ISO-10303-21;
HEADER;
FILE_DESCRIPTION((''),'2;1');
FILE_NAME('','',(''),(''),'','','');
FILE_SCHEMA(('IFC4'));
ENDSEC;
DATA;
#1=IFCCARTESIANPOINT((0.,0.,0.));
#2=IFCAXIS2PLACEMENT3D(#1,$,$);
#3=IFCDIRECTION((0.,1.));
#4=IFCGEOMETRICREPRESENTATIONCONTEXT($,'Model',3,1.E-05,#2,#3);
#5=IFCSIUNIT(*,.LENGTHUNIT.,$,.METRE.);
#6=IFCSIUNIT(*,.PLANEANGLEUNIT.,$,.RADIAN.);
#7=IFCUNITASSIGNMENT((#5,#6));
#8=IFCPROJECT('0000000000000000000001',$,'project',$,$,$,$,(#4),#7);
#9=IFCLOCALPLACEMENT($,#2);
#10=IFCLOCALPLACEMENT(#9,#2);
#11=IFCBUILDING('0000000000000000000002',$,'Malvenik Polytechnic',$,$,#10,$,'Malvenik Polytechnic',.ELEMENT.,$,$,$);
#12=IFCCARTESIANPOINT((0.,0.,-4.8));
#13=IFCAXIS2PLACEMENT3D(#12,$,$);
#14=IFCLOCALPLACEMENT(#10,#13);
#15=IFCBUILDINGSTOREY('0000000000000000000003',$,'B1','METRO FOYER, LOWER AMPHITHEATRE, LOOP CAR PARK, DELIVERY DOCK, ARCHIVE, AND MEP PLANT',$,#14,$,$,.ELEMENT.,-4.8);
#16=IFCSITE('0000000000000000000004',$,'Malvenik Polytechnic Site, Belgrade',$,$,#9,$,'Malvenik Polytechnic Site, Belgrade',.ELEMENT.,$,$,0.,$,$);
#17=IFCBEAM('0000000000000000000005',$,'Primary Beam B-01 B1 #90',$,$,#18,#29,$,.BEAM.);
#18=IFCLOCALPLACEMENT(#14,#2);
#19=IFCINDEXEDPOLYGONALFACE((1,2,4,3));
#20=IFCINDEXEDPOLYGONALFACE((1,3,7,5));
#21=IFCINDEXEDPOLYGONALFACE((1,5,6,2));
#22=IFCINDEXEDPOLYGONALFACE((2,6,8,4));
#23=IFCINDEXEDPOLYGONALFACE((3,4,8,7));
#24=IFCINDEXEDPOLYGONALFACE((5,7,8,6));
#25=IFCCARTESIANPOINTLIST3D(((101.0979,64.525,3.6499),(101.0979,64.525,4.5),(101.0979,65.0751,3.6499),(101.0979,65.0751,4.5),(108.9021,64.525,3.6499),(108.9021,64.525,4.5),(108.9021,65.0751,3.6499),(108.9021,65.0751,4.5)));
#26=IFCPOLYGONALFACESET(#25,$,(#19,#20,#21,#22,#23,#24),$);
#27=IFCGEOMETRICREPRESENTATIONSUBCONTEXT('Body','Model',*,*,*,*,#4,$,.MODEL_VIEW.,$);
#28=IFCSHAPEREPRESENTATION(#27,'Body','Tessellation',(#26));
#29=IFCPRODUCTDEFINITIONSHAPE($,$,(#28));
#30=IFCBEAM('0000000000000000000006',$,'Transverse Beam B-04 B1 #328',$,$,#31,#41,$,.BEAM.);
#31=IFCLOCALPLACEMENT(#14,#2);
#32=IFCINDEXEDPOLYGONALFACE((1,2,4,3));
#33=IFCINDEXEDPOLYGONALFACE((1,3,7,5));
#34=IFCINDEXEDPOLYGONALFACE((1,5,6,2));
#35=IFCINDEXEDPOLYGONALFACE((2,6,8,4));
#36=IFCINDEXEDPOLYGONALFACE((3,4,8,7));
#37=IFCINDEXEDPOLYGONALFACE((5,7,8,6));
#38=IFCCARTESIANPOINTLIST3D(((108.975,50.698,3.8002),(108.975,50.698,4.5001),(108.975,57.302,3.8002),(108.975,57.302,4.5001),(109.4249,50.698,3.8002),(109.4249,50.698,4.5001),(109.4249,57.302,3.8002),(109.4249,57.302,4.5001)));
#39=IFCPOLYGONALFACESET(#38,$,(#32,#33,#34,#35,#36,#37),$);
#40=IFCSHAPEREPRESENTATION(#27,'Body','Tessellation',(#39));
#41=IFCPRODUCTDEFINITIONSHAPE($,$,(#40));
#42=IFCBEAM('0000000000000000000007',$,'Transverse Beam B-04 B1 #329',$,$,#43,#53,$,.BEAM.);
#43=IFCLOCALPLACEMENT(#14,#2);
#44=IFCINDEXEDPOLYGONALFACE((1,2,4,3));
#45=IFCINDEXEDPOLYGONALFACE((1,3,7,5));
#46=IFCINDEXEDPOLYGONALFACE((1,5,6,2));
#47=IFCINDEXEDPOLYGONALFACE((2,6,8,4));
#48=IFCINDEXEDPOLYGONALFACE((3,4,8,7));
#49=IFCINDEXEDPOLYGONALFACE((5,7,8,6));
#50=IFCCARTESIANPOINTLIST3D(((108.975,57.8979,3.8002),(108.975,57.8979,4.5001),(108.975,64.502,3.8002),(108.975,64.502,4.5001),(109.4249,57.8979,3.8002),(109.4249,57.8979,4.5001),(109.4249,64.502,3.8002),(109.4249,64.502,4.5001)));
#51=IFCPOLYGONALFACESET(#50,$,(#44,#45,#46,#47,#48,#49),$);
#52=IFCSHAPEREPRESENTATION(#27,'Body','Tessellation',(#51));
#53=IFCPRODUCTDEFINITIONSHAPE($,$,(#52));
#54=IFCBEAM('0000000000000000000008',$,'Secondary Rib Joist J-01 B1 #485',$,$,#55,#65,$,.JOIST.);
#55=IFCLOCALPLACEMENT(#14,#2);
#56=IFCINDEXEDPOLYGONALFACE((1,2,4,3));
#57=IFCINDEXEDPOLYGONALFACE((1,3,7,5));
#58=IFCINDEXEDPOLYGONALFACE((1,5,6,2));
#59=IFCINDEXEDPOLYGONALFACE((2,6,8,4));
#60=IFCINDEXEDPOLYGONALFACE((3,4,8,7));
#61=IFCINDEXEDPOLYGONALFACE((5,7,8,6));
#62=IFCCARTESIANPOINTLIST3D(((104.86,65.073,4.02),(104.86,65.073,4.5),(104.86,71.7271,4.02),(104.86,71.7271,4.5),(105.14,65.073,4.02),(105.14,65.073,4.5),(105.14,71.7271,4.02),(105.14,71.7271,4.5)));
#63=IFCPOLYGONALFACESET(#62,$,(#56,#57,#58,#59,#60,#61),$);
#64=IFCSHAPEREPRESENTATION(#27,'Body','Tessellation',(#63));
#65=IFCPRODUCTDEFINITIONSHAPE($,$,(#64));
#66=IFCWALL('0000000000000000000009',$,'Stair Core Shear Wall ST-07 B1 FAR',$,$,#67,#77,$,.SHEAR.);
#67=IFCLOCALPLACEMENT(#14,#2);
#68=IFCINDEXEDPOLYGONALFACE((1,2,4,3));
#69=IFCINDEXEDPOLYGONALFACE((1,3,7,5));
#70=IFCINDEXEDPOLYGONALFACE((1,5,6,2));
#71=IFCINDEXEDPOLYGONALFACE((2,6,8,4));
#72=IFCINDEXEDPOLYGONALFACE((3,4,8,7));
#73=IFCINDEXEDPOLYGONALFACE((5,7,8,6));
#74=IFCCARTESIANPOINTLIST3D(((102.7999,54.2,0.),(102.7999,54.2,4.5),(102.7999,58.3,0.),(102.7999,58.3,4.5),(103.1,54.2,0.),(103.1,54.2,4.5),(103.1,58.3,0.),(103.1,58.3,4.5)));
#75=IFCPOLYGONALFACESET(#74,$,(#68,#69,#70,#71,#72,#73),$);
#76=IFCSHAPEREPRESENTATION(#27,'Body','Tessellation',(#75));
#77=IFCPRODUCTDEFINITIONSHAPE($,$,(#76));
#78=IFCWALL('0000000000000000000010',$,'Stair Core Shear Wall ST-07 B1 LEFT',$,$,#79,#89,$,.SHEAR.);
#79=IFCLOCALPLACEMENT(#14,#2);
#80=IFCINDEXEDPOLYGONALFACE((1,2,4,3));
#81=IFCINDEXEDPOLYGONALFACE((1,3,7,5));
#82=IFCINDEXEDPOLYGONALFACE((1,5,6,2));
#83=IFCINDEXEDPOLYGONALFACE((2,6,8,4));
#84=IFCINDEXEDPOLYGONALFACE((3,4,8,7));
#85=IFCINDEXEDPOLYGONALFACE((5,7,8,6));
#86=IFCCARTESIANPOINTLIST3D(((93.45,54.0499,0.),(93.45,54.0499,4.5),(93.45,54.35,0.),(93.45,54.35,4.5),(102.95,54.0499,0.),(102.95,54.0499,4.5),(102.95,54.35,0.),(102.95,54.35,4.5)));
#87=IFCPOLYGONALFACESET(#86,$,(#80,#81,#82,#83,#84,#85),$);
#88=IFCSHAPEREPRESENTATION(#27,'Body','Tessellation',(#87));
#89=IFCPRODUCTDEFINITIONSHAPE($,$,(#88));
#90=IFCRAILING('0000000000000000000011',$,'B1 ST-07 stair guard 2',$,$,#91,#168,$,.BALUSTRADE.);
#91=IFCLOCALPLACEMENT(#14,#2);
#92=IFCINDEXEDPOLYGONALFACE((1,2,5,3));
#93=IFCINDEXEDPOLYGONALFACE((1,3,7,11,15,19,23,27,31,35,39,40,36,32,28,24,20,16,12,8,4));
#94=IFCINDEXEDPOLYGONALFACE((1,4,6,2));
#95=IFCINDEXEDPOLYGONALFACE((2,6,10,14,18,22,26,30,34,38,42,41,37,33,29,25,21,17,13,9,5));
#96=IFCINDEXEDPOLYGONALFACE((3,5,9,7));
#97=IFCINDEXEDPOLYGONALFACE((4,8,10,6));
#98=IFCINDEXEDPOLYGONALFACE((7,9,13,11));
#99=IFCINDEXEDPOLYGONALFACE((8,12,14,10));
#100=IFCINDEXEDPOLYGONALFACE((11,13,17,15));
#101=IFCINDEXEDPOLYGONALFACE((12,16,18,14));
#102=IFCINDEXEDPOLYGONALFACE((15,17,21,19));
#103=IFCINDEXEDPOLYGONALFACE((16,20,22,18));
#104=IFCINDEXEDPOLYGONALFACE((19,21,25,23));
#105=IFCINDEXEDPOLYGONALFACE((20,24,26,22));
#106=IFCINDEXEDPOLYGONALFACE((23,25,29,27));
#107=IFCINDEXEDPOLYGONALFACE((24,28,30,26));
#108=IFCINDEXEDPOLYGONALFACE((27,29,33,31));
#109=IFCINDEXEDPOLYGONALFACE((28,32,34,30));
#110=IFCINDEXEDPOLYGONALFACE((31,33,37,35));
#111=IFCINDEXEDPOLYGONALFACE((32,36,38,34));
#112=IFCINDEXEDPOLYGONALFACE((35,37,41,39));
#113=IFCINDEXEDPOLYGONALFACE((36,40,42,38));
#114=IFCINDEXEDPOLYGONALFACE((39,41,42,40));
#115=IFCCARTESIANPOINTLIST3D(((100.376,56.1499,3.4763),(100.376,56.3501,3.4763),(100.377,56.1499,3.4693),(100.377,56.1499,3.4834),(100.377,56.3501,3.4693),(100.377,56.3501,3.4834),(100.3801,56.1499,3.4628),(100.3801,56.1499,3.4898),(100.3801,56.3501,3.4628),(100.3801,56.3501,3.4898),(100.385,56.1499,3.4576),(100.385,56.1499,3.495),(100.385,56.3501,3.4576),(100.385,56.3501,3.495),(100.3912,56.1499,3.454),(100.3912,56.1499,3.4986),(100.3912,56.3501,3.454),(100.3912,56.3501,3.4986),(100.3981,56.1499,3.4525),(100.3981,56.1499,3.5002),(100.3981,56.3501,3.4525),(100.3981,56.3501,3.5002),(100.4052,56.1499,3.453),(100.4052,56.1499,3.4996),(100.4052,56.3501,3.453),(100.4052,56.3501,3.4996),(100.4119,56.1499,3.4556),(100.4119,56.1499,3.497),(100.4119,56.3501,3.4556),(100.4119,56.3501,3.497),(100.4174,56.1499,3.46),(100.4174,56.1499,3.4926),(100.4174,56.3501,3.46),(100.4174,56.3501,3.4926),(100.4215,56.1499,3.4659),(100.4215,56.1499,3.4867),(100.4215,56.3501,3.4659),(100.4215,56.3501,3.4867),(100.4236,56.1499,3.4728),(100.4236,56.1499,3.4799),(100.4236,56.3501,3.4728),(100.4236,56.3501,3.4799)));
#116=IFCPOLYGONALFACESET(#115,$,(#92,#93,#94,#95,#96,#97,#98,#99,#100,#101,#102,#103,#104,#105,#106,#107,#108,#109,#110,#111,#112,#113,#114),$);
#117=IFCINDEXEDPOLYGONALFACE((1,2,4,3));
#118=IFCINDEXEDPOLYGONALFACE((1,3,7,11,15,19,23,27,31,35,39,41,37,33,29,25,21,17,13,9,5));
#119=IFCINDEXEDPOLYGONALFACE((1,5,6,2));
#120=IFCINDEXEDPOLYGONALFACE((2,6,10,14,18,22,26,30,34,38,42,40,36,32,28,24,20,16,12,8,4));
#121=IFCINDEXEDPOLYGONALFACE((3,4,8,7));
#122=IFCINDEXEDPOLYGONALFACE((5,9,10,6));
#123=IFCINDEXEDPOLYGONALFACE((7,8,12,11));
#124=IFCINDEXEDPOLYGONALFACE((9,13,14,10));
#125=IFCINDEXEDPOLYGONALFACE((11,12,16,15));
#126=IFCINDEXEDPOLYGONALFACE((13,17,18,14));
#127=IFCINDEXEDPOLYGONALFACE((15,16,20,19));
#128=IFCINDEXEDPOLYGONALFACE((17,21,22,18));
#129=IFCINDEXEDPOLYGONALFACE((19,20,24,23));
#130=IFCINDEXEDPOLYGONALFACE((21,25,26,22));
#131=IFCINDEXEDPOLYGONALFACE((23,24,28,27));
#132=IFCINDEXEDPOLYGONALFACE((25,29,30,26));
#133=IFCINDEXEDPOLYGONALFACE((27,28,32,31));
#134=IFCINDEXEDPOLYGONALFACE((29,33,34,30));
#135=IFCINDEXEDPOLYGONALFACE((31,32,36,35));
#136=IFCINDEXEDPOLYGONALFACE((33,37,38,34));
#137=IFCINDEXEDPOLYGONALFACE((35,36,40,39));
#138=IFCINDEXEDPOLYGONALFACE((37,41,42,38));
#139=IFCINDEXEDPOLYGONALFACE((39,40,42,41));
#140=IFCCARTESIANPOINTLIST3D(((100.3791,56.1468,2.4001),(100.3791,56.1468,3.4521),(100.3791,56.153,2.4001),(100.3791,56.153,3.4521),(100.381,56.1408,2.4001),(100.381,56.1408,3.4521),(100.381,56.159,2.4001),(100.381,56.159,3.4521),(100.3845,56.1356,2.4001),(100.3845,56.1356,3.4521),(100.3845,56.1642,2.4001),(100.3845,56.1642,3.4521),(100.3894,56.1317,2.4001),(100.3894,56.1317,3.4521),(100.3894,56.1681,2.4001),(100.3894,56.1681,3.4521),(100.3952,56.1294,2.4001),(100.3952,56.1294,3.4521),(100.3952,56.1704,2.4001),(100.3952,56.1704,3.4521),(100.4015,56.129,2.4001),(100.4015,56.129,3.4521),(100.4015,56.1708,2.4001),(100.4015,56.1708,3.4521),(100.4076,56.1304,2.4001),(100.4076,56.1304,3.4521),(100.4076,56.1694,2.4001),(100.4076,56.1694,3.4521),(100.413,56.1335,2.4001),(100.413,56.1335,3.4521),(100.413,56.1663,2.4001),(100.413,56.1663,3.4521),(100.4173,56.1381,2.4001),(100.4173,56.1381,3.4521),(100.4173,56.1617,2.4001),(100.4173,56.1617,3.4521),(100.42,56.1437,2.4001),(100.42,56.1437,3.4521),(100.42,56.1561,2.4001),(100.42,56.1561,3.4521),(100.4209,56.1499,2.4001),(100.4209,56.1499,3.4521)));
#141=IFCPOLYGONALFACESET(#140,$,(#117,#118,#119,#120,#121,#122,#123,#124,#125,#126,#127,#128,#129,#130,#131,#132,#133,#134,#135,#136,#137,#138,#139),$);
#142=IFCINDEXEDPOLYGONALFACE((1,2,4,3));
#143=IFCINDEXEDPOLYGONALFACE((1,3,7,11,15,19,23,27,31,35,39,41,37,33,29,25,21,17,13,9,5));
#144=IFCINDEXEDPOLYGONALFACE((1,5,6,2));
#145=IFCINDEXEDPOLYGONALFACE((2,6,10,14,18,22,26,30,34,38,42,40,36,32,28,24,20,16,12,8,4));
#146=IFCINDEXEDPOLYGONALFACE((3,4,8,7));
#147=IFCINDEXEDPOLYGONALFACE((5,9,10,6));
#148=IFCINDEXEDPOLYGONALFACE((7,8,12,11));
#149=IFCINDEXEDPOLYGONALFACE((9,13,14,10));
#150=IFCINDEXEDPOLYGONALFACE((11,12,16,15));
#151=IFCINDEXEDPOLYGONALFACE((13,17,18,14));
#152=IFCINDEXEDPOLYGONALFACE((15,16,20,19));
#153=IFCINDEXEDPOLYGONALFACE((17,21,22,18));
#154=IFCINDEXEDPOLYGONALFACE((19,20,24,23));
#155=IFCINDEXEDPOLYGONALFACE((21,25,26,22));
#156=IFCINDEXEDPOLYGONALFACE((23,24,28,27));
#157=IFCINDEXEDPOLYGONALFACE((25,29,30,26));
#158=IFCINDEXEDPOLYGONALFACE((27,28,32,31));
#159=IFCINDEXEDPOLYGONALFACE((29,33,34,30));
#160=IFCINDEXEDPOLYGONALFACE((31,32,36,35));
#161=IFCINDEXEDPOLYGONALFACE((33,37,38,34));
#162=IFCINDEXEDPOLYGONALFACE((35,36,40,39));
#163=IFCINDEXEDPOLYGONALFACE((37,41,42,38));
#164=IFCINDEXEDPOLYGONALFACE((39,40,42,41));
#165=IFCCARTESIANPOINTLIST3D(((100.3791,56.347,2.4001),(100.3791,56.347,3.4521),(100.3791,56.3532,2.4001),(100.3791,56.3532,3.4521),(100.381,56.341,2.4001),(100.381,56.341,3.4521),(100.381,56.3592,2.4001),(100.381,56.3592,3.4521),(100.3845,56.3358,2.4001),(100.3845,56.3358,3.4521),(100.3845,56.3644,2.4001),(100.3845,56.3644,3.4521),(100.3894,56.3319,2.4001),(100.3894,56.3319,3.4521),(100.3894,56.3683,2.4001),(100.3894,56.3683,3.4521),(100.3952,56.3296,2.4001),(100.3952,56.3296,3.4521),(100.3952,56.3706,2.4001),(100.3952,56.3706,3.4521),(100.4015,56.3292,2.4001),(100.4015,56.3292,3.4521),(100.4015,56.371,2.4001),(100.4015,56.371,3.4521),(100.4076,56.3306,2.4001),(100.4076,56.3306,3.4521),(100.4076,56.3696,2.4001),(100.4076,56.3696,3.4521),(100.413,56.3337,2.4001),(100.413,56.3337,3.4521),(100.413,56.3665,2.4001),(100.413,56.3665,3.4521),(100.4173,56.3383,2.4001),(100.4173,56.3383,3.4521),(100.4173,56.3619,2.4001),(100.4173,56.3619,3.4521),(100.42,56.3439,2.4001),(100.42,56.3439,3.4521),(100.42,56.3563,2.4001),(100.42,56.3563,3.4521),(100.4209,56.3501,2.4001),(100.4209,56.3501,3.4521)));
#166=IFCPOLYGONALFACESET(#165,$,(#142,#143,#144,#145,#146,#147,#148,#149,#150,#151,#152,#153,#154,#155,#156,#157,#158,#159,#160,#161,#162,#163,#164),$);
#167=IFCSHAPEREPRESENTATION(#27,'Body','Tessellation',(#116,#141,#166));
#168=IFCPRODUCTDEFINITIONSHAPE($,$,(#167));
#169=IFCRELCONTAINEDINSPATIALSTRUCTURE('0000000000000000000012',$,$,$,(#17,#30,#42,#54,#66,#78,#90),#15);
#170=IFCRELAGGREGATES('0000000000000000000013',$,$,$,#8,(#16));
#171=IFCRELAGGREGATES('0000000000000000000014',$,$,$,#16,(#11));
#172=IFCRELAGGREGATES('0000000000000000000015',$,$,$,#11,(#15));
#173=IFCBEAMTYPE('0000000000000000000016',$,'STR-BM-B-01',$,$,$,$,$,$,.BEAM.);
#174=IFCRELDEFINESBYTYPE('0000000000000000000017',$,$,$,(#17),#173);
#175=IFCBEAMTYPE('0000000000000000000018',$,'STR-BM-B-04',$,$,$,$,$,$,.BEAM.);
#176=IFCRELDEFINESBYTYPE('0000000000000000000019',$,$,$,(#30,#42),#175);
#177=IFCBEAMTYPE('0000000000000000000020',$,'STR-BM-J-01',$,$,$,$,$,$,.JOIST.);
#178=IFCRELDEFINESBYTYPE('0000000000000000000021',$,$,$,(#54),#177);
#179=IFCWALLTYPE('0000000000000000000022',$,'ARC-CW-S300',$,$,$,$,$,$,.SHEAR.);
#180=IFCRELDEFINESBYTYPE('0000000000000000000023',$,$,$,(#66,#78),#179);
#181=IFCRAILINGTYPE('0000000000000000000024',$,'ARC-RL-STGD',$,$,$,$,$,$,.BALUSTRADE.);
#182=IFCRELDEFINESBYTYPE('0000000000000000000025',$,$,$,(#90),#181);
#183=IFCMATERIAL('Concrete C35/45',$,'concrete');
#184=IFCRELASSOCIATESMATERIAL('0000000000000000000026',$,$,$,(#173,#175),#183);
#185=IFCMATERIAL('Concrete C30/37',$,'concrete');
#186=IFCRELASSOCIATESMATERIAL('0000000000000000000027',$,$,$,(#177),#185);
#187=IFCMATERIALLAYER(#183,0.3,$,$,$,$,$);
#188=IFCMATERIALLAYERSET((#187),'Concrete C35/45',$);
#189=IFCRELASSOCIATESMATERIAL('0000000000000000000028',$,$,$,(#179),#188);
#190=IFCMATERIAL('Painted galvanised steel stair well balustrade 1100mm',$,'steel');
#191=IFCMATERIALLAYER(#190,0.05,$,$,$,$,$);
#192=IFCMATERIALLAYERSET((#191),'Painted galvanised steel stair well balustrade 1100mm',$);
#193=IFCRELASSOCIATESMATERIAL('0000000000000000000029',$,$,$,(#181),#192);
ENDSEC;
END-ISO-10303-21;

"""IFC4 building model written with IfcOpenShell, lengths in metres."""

from ifc_helpers import new_model, si_unit, direction, frame, frame_2d, origin, origin_2d, place, context, subcontext, project, spatial, rectangle, circle, extrude, material, layer, layer_set, material_profile, profile_set, type_object, element, save


model = new_model("IFC4")

# Units and contexts
model_context = context("Model", 3, precision=1e-05, world=origin(), true_north=direction((0.0, 1.0)))
body_context = subcontext(model_context, "Body", "Model", "MODEL_VIEW")
ifc_project = project(units=[si_unit("LENGTHUNIT", "METRE"), si_unit("PLANEANGLEUNIT", "RADIAN")], contexts=[model_context])

# Site, building, storey
site_placement = place(None, origin())
site = spatial("IfcSite", under=ifc_project, at=site_placement, Name="Malvenik Polytechnic Site, Belgrade", LongName="Malvenik Polytechnic Site, Belgrade", CompositionType="ELEMENT", RefElevation=0.0)
building_placement = place(site_placement, origin())
building = spatial("IfcBuilding", under=site, at=building_placement, Name="Malvenik Polytechnic", LongName="Malvenik Polytechnic", CompositionType="ELEMENT")
storey_placement = place(building_placement, frame((0.0, 0.0, -4.8)))
storey = spatial("IfcBuildingStorey", under=building, at=storey_placement, Name="B1", Description="METRO FOYER, LOWER AMPHITHEATRE, LOOP CAR PARK, DELIVERY DOCK, ARCHIVE, AND MEP PLANT", CompositionType="ELEMENT", Elevation=-4.8)

# Shared definitions
ifc_material_1 = material(Name="Concrete C35/45", Category="concrete")

# Beams
ifc_material_profile_1 = material_profile(ifc_material_1, rectangle(XDim=0.55, YDim=0.8501, at=origin_2d()), Name="RC BM 550x850")
ifc_profile_set_1 = profile_set([ifc_material_profile_1], Name="Concrete C35/45")
beam_type_1 = type_object("IfcBeamType", Name="STR-BM-B-01", PredefinedType="BEAM", material=ifc_profile_set_1)
beam_1_placement = place(storey_placement, frame((101.0979, 64.8, 4.075), z_axis=(1.0, 0.0, 0.0), x_axis=(0.0, 1.0, 0.0)))
element("IfcBeam", 1, at=beam_1_placement, inside=storey, type_object=beam_type_1, Name="Primary Beam B-01 B1 #90", PredefinedType="BEAM", context=body_context, shape_type="SweptSolid", body=[
    extrude(rectangle(XDim=0.55, YDim=0.8501, at=origin_2d()), origin(), (0.0, 0.0, 1.0), 7.8042),
])
ifc_material_profile_2 = material_profile(ifc_material_1, rectangle(XDim=0.45, YDim=0.7, at=origin_2d()), Name="RC BM 450x700")
ifc_profile_set_2 = profile_set([ifc_material_profile_2], Name="Concrete C35/45")
beam_type_2 = type_object("IfcBeamType", Name="STR-BM-B-04", PredefinedType="BEAM", material=ifc_profile_set_2)
for number, where, z_axis, x_axis, name in (
    (2, (109.2, 50.698, 4.1501), (0.0, 1.0, 0.0), (-1.0, 0.0, 0.0), "Transverse Beam B-04 B1 #328"),
    (3, (109.2, 57.8979, 4.1501), (0.0, 1.0, 0.0), (-1.0, 0.0, 0.0), "Transverse Beam B-04 B1 #329"),
):
    element("IfcBeam", number, at=place(storey_placement, frame(where, z_axis=z_axis, x_axis=x_axis)), inside=storey, type_object=beam_type_2, Name=name, PredefinedType="BEAM", context=body_context, shape_type="SweptSolid", body=[
        extrude(rectangle(XDim=0.45, YDim=0.7, at=origin_2d()), origin(), (0.0, 0.0, 1.0), 6.604),
    ])
ifc_material_2 = material(Name="Concrete C30/37", Category="concrete")
ifc_material_profile_3 = material_profile(ifc_material_2, rectangle(XDim=0.28, YDim=0.48, at=origin_2d()), Name="RC JST 280x480")
ifc_profile_set_3 = profile_set([ifc_material_profile_3], Name="Concrete C30/37")
beam_type_3 = type_object("IfcBeamType", Name="STR-BM-J-01", PredefinedType="JOIST", material=ifc_profile_set_3)
beam_2_placement = place(storey_placement, frame((105.0, 65.073, 4.26), z_axis=(0.0, 1.0, 0.0), x_axis=(-1.0, 0.0, 0.0)))
element("IfcBeam", 4, at=beam_2_placement, inside=storey, type_object=beam_type_3, Name="Secondary Rib Joist J-01 B1 #485", PredefinedType="JOIST", context=body_context, shape_type="SweptSolid", body=[
    extrude(rectangle(XDim=0.28, YDim=0.48, at=origin_2d()), origin(), (0.0, 0.0, 1.0), 6.6541),
])

# Walls
ifc_layer_1 = layer(ifc_material_1, 0.3)
ifc_layer_set_1 = layer_set([ifc_layer_1], Name="Concrete C35/45")
wall_type = type_object("IfcWallType", Name="ARC-CW-S300", PredefinedType="SHEAR", material=ifc_layer_set_1)
wall_1_placement = place(storey_placement, frame((102.95, 58.3, 0.0), z_axis=(0.0, 0.0, 1.0), x_axis=(0.0, -1.0, 0.0)))
element("IfcWall", 5, at=wall_1_placement, inside=storey, type_object=wall_type, Name="Stair Core Shear Wall ST-07 B1 FAR", PredefinedType="SHEAR", context=body_context, shape_type="SweptSolid", body=[
    extrude(rectangle(XDim=4.1001, YDim=0.3, at=frame_2d((2.05, 0.0))), origin(), (0.0, 0.0, 1.0), 4.5),
])
wall_2_placement = place(storey_placement, frame((102.95, 54.2, 0.0), z_axis=(0.0, 0.0, 1.0), x_axis=(-1.0, 0.0, 0.0)))
element("IfcWall", 6, at=wall_2_placement, inside=storey, type_object=wall_type, Name="Stair Core Shear Wall ST-07 B1 LEFT", PredefinedType="SHEAR", context=body_context, shape_type="SweptSolid", body=[
    extrude(rectangle(XDim=9.5, YDim=0.3, at=frame_2d((4.75, 0.0))), origin(), (0.0, 0.0, 1.0), 4.5),
])

# Railing
ifc_material_3 = material(Name="Painted galvanised steel stair well balustrade 1100mm", Category="steel")
ifc_layer_2 = layer(ifc_material_3, 0.05)
ifc_layer_set_2 = layer_set([ifc_layer_2], Name="Painted galvanised steel stair well balustrade 1100mm")
railing_type_1 = type_object("IfcRailingType", Name="ARC-RL-STGD", PredefinedType="BALUSTRADE", material=ifc_layer_set_2)
railing_1_placement = place(storey_placement, frame((100.3999, 56.1499, 2.4001)))
element("IfcRailing", 7, at=railing_1_placement, inside=storey, type_object=railing_type_1, Name="B1 ST-07 stair guard 2", PredefinedType="BALUSTRADE", context=body_context, shape_type="SweptSolid", body=[
    extrude(circle(Radius=0.0239, at=origin_2d()), frame((0.0, 0.0, 1.0762), z_axis=(0.0, 1.0, 0.0), x_axis=(-1.0, 0.0, 0.0)), (0.0, 0.0, 1.0), 0.2002),
    extrude(circle(Radius=0.021, at=origin_2d()), origin(), (0.0, 0.0, 1.0), 1.052),
    extrude(circle(Radius=0.021, at=origin_2d()), frame((0.0, 0.2002, 0.0)), (0.0, 0.0, 1.0), 1.052),
])

save(model, "model.ifc")
